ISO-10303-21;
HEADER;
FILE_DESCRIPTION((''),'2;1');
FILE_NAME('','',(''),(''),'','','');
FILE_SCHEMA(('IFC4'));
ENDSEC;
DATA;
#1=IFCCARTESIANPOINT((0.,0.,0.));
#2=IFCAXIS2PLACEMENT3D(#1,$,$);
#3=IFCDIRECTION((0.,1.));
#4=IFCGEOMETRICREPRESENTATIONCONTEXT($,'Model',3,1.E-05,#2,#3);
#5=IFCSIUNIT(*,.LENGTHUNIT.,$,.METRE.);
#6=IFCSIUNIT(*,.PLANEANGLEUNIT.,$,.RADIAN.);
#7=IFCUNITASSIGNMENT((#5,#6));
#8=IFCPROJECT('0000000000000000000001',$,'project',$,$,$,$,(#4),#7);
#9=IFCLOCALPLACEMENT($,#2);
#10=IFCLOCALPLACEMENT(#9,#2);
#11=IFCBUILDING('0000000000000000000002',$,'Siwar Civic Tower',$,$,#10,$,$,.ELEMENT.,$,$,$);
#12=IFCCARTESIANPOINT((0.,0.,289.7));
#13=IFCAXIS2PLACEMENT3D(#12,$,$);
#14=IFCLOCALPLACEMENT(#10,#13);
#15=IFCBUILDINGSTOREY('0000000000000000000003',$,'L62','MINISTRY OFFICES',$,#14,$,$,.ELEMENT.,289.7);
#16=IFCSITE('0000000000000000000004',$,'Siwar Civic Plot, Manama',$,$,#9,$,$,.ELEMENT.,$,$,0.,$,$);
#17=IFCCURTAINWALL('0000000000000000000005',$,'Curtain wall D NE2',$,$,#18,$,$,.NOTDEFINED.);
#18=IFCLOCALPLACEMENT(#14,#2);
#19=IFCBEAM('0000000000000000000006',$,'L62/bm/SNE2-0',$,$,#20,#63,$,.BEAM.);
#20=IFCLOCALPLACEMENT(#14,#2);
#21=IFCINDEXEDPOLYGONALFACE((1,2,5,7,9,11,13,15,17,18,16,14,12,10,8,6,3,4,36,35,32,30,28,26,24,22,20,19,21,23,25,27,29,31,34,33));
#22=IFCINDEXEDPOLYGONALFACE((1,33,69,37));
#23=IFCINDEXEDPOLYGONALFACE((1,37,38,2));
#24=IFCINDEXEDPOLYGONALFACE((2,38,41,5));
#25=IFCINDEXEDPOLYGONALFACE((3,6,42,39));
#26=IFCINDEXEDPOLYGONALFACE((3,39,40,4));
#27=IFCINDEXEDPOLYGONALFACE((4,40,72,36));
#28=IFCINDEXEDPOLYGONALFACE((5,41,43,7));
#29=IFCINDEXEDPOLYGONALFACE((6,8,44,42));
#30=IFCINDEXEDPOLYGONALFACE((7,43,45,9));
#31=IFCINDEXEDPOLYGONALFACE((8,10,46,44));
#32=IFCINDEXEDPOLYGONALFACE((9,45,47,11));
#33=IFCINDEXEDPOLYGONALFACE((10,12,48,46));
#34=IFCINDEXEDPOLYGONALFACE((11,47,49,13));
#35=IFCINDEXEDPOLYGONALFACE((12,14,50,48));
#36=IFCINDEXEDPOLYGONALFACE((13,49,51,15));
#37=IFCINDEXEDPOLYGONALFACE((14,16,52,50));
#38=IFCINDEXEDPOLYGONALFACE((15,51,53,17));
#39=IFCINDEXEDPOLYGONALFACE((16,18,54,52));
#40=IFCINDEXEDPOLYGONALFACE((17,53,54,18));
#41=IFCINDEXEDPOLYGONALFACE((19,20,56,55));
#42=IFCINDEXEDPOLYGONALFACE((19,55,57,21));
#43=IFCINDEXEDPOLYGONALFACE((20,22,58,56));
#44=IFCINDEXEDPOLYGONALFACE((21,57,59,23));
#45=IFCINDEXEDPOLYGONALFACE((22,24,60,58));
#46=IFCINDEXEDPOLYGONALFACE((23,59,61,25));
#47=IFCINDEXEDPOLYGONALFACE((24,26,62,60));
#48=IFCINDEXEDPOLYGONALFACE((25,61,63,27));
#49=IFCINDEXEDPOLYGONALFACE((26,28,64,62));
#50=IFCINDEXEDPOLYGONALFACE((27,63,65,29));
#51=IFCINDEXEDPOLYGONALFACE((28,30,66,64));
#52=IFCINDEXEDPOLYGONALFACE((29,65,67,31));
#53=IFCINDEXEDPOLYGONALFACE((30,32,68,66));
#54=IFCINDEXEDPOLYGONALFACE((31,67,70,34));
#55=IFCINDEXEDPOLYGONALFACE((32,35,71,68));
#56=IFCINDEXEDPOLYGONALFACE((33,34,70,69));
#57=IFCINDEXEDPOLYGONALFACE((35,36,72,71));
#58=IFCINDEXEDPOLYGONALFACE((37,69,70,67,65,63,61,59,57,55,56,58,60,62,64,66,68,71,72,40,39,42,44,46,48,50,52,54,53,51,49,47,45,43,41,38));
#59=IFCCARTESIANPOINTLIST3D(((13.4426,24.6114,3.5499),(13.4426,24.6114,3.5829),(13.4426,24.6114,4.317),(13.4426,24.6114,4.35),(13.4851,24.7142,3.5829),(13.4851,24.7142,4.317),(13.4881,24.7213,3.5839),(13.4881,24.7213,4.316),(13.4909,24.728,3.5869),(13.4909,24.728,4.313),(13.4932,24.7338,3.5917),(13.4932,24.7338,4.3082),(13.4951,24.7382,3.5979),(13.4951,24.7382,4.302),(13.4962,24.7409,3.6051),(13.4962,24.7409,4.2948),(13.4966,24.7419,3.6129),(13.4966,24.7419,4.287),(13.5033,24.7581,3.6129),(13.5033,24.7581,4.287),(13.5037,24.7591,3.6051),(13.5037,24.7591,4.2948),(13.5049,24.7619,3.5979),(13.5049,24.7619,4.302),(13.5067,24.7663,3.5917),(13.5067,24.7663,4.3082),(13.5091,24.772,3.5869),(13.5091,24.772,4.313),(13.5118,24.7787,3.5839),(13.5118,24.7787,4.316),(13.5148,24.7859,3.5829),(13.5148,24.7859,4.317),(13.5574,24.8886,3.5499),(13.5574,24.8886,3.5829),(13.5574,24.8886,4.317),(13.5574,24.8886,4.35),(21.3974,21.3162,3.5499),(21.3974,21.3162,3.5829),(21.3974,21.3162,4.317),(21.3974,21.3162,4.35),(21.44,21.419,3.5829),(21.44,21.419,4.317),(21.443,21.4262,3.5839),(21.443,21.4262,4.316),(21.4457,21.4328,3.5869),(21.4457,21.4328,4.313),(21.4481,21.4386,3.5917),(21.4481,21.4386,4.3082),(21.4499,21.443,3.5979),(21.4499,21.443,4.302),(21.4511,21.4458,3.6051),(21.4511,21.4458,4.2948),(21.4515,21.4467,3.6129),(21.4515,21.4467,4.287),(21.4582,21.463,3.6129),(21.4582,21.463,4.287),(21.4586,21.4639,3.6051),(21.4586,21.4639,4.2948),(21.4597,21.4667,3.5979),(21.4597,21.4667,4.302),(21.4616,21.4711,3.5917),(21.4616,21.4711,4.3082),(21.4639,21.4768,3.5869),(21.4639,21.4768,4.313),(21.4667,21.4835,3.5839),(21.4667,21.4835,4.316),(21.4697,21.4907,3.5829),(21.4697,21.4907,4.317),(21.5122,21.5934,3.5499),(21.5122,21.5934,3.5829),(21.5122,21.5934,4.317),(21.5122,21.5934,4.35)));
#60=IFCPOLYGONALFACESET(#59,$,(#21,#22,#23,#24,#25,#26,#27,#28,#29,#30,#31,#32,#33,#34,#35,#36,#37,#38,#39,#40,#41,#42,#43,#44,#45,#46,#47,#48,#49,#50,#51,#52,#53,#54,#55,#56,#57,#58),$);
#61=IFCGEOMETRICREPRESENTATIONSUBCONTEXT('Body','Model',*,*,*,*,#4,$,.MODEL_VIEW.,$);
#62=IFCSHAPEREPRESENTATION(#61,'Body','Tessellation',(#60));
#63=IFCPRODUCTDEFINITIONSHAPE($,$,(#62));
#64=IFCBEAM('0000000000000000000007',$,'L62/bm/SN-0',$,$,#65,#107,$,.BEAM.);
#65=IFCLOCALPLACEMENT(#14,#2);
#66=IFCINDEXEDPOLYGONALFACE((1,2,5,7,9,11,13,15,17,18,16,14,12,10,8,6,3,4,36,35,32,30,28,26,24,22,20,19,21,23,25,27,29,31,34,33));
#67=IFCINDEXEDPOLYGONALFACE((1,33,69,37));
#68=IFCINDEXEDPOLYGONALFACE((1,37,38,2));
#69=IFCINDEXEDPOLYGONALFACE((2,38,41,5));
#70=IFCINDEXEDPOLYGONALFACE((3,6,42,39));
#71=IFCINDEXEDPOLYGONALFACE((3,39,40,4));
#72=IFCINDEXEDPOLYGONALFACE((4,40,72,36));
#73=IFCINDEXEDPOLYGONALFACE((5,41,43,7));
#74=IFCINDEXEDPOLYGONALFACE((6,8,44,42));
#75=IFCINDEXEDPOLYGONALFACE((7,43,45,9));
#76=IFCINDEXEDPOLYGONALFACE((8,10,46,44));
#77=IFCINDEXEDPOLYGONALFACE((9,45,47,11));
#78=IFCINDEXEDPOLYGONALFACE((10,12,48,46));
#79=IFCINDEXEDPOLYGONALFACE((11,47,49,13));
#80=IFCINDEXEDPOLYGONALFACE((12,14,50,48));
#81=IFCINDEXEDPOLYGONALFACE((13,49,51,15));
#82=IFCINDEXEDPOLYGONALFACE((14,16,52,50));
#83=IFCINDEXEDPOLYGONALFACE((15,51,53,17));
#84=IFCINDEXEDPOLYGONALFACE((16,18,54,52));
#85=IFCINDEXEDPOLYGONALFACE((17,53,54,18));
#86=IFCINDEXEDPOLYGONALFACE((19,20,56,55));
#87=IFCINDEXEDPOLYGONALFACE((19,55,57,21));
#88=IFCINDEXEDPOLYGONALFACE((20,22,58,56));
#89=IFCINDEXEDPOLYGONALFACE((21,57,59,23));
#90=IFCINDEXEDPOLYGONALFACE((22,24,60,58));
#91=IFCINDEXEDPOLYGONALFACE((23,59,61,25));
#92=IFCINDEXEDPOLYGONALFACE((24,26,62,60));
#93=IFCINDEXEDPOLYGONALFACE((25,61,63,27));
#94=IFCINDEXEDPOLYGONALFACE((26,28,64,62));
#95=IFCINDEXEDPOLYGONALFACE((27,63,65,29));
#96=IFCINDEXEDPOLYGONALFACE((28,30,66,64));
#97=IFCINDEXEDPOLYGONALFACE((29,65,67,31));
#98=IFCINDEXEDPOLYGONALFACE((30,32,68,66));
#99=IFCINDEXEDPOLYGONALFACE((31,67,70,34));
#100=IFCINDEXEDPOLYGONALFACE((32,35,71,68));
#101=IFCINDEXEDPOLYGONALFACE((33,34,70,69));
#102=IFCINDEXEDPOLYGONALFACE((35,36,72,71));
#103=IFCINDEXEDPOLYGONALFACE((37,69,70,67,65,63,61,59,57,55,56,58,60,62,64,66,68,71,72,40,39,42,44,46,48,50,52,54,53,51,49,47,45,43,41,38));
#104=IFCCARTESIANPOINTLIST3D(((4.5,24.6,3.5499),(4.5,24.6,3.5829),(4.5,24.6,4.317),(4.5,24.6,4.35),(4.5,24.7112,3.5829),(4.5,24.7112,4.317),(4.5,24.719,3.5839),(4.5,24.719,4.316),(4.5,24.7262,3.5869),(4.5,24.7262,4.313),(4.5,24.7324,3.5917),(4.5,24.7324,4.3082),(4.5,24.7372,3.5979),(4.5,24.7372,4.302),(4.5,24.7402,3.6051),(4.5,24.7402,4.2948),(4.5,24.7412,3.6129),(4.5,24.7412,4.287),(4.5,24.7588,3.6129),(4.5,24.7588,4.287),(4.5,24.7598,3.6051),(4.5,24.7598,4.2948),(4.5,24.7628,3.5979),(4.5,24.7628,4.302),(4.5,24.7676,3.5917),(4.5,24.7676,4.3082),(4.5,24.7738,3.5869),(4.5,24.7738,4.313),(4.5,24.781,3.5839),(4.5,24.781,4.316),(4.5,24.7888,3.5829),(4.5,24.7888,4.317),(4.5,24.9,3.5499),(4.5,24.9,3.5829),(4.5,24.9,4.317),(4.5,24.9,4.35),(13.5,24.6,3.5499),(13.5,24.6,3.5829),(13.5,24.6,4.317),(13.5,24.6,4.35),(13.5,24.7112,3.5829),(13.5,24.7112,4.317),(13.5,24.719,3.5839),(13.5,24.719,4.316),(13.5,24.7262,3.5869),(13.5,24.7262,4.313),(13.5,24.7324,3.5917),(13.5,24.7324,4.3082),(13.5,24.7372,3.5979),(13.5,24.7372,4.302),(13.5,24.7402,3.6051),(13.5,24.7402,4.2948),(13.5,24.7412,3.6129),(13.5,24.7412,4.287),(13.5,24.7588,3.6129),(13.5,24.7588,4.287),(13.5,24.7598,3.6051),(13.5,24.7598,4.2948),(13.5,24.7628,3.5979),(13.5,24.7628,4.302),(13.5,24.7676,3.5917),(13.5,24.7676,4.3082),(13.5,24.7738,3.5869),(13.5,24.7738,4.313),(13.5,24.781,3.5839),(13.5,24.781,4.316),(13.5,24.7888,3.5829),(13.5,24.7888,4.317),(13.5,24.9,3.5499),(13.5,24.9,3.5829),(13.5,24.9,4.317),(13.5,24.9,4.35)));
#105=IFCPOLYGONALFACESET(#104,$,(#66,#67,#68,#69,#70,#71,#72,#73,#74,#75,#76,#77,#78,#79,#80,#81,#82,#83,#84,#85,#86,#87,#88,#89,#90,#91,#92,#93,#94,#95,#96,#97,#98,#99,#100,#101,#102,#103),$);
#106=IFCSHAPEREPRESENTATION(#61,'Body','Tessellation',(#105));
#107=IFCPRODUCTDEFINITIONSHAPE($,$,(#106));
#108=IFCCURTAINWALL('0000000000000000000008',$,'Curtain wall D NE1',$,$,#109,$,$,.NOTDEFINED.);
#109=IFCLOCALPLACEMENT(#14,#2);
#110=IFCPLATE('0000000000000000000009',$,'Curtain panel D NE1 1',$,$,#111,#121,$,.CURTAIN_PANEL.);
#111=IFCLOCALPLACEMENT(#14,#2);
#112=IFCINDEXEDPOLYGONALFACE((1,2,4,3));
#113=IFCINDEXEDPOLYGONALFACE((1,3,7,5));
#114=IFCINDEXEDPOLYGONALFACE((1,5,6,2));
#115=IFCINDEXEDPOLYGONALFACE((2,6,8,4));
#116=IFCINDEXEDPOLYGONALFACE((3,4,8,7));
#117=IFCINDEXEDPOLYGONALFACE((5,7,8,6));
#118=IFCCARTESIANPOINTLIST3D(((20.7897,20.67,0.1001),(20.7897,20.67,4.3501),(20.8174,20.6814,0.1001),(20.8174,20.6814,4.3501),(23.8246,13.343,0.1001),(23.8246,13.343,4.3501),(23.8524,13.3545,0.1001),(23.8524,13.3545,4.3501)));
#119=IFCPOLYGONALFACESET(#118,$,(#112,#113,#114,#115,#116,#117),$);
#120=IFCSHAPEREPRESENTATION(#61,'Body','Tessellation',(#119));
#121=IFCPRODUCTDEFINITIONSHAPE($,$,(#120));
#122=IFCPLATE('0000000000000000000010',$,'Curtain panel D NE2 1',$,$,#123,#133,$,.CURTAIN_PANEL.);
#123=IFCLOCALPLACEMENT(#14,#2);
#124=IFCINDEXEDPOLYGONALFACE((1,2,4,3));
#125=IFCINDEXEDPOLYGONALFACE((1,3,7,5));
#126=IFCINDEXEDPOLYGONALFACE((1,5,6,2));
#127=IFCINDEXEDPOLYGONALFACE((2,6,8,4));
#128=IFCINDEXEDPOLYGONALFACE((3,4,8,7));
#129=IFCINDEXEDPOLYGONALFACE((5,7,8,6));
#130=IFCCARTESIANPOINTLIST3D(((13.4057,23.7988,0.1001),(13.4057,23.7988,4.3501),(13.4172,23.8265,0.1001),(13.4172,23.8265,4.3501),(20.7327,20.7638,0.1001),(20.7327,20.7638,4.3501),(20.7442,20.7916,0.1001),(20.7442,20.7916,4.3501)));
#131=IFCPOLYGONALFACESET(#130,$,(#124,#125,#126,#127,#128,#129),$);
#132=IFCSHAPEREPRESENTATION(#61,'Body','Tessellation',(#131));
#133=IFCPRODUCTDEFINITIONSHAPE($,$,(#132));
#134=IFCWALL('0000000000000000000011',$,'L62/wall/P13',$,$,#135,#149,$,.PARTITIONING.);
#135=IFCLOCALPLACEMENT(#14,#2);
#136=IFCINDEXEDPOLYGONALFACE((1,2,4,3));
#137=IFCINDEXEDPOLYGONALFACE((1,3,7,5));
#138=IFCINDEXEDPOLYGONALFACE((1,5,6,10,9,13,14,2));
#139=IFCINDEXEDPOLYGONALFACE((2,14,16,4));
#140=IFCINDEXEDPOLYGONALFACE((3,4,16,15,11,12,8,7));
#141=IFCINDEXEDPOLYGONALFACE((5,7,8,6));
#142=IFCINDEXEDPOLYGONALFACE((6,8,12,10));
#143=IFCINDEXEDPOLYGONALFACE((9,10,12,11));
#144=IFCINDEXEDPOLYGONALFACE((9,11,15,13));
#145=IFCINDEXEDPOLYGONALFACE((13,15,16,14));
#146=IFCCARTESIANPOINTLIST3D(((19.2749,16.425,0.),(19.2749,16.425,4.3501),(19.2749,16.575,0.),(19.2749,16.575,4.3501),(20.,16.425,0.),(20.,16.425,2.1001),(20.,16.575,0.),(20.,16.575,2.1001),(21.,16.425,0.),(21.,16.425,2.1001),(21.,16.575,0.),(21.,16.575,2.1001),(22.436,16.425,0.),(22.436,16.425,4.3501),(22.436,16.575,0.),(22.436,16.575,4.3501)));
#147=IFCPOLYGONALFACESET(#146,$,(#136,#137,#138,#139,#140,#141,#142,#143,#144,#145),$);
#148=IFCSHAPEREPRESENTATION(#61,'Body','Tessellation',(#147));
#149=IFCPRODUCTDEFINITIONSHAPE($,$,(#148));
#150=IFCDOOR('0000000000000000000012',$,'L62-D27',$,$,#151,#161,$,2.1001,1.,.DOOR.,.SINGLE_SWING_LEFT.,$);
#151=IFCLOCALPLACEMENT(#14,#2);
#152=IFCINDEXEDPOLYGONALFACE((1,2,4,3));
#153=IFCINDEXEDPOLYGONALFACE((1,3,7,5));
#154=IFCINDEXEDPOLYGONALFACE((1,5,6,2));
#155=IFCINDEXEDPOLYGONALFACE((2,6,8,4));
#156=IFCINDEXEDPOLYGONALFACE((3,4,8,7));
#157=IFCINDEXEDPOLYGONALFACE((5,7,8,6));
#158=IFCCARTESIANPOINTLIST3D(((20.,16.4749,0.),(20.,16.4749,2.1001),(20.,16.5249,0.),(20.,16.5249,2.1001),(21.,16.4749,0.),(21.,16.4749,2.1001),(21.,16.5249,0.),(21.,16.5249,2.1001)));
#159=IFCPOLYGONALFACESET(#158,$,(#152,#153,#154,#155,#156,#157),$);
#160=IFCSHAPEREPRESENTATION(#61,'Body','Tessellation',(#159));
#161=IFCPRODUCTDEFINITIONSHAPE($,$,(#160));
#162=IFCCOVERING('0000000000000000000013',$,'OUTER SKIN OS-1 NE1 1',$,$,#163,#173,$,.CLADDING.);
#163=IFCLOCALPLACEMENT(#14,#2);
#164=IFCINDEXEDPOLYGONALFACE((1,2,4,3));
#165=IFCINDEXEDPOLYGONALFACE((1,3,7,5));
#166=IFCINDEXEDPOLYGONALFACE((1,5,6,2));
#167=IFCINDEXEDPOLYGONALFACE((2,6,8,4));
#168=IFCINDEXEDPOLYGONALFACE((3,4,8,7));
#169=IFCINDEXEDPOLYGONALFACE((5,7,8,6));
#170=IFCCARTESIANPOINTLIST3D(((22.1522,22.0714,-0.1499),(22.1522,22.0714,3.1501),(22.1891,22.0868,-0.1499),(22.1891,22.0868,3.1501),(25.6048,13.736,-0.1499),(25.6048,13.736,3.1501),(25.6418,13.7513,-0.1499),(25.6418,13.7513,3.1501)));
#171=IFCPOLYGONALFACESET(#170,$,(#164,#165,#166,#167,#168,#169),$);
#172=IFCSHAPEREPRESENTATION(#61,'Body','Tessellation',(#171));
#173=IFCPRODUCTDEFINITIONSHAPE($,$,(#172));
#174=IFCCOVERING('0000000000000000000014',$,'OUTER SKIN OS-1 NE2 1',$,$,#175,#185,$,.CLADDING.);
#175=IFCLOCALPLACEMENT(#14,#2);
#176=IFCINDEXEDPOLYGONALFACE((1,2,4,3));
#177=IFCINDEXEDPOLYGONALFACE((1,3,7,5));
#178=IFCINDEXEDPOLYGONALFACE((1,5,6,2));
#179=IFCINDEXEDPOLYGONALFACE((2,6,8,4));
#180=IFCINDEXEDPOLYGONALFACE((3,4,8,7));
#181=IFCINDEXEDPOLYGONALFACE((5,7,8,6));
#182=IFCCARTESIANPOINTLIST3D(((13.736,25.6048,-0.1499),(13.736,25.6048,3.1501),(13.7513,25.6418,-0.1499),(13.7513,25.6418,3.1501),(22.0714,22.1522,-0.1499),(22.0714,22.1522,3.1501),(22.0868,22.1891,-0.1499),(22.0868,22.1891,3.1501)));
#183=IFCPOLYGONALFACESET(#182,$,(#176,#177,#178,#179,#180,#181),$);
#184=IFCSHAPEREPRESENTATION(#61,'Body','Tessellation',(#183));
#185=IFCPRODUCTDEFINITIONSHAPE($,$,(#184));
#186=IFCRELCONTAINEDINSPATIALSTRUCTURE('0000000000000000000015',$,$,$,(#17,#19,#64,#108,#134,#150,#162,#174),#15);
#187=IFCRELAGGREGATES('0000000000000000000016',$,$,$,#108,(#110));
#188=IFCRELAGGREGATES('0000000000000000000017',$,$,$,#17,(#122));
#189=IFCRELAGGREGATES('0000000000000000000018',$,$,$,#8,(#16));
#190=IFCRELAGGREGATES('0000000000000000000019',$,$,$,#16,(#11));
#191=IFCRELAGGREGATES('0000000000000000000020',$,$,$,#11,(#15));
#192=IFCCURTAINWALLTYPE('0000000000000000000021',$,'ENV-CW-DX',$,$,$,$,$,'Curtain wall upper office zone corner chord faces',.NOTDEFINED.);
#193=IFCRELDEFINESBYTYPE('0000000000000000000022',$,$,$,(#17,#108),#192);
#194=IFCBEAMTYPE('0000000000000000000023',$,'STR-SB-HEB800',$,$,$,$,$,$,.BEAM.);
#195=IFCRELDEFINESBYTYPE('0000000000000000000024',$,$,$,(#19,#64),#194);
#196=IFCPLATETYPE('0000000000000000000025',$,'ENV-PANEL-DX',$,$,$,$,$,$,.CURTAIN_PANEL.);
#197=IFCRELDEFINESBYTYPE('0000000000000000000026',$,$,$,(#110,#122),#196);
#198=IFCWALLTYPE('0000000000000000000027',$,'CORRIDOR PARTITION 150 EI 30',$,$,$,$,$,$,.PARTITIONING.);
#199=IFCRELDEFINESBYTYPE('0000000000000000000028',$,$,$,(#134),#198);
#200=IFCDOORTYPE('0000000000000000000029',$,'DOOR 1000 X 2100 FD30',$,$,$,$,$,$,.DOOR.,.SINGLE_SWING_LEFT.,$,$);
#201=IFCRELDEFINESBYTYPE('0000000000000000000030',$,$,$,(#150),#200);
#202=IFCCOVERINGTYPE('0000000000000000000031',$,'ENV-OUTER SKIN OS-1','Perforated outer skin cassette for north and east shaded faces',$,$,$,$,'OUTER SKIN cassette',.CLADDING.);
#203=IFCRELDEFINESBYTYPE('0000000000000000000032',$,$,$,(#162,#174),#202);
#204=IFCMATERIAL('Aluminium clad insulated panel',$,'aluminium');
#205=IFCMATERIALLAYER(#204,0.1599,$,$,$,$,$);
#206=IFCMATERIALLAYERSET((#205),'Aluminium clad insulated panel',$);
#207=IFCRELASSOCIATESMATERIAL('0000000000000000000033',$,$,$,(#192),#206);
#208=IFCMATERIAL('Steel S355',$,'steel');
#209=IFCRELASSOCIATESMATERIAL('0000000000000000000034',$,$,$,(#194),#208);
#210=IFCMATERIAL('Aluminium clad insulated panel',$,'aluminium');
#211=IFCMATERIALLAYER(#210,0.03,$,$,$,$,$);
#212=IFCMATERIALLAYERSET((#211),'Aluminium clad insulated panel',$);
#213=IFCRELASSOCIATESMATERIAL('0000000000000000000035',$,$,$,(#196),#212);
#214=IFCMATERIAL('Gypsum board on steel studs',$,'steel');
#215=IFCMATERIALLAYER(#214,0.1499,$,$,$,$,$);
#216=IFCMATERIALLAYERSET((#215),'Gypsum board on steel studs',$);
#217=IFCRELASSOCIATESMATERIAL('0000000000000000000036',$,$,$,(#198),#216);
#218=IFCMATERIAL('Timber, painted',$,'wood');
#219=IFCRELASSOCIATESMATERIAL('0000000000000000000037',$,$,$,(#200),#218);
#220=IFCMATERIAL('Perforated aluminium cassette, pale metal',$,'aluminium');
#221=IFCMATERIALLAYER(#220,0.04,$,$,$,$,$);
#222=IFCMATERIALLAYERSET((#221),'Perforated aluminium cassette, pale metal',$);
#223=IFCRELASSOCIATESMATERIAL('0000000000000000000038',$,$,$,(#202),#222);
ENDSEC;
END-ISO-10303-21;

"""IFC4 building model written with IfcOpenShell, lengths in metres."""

from ifc_helpers import new_model, si_unit, direction, frame, frame_2d, origin, origin_2d, place, context, subcontext, project, spatial, rectangle, i_section, extrude, material, layer, layer_set, material_profile, profile_set, type_object, element, fill, aggregate, save


model = new_model("IFC4")

# Units and contexts
model_context = context("Model", 3, precision=1e-05, world=origin(), true_north=direction((0.0, 1.0)))
body_context = subcontext(model_context, "Body", "Model", "MODEL_VIEW")
ifc_project = project(units=[si_unit("LENGTHUNIT", "METRE"), si_unit("PLANEANGLEUNIT", "RADIAN")], contexts=[model_context])

# Site, building, storey
site_placement = place(None, origin())
site = spatial("IfcSite", under=ifc_project, at=site_placement, Name="Siwar Civic Plot, Manama", CompositionType="ELEMENT", RefElevation=0.0)
building_placement = place(site_placement, origin())
building = spatial("IfcBuilding", under=site, at=building_placement, Name="Siwar Civic Tower", CompositionType="ELEMENT")
storey_placement = place(building_placement, frame((0.0, 0.0, 289.7)))
storey = spatial("IfcBuildingStorey", under=building, at=storey_placement, Name="L62", Description="MINISTRY OFFICES", CompositionType="ELEMENT", Elevation=289.7)

# Curtain wall
ifc_material_1 = material(Name="Aluminium clad insulated panel", Category="aluminium")
ifc_layer_1 = layer(ifc_material_1, 0.1599)
ifc_layer_set_1 = layer_set([ifc_layer_1], Name="Aluminium clad insulated panel")
curtain_wall_type = type_object("IfcCurtainWallType", Name="ENV-CW-DX", ElementType="Curtain wall upper office zone corner chord faces", PredefinedType="NOTDEFINED", material=ifc_layer_set_1)
curtain_wall_1_placement = place(storey_placement, origin())
curtain_wall_1 = element("IfcCurtainWall", 1, at=curtain_wall_1_placement, inside=storey, type_object=curtain_wall_type, Name="Curtain wall D NE2", PredefinedType="NOTDEFINED")

# Beams
ifc_material_2 = material(Name="Steel S355", Category="steel")
ifc_material_profile_1 = material_profile(ifc_material_2, i_section(OverallWidth=0.3, OverallDepth=0.8, WebThickness=0.0176, FlangeThickness=0.033, FilletRadius=0.03, at=origin_2d()), Name="HEB800")
ifc_profile_set_1 = profile_set([ifc_material_profile_1], Name="Steel S355")
beam_type_1 = type_object("IfcBeamType", Name="STR-SB-HEB800", PredefinedType="BEAM", material=ifc_profile_set_1)
beam_1_placement = place(storey_placement, frame((21.4548, 21.4548, 3.95), z_axis=(-0.923873, 0.3827, 0.0), x_axis=(-0.3827, -0.923873, 0.0)))
element("IfcBeam", 2, at=beam_1_placement, inside=storey, type_object=beam_type_1, Name="L62/bm/SNE2-0", PredefinedType="BEAM", context=body_context, shape_type="SweptSolid", body=[
    extrude(i_section(OverallWidth=0.3, OverallDepth=0.8, WebThickness=0.0176, FlangeThickness=0.033, FilletRadius=0.03, at=origin_2d()), origin(), (0.0, 0.0, 1.0), 8.6104),
])
beam_2_placement = place(storey_placement, frame((13.5, 24.75, 3.95), z_axis=(-1.0, 0.0, 0.0), x_axis=(0.0, -1.0, 0.0)))
element("IfcBeam", 3, at=beam_2_placement, inside=storey, type_object=beam_type_1, Name="L62/bm/SN-0", PredefinedType="BEAM", context=body_context, shape_type="SweptSolid", body=[
    extrude(i_section(OverallWidth=0.3, OverallDepth=0.8, WebThickness=0.0176, FlangeThickness=0.033, FilletRadius=0.03, at=origin_2d()), origin(), (0.0, 0.0, 1.0), 9.0),
])

# Curtain wall, plate
curtain_wall_2_placement = place(storey_placement, origin())
curtain_wall_2 = element("IfcCurtainWall", 4, at=curtain_wall_2_placement, inside=storey, type_object=curtain_wall_type, Name="Curtain wall D NE1", PredefinedType="NOTDEFINED")
ifc_material_3 = material(Name="Aluminium clad insulated panel", Category="aluminium")
ifc_layer_2 = layer(ifc_material_3, 0.03)
ifc_layer_set_2 = layer_set([ifc_layer_2], Name="Aluminium clad insulated panel")
plate_type = type_object("IfcPlateType", Name="ENV-PANEL-DX", PredefinedType="CURTAIN_PANEL", material=ifc_layer_set_2)
plate_1_placement = place(storey_placement, frame((22.321, 17.0122, 0.1001), z_axis=(0.0, 0.0, 1.0), x_axis=(-0.382683, 0.92388, 0.0)))
plate_1 = element("IfcPlate", 5, at=plate_1_placement, type_object=plate_type, Name="Curtain panel D NE1 1", PredefinedType="CURTAIN_PANEL", context=body_context, shape_type="SweptSolid", body=[
    extrude(rectangle(XDim=7.9307, YDim=0.03, at=origin_2d()), origin(), (0.0, 0.0, 1.0), 4.25),
])
aggregate(curtain_wall_2, [plate_1])

# Plate
plate_2_placement = place(storey_placement, frame((17.075, 22.2952, 0.1001), z_axis=(0.0, 0.0, 1.0), x_axis=(-0.92388, 0.382683, 0.0)))
plate_2 = element("IfcPlate", 6, at=plate_2_placement, type_object=plate_type, Name="Curtain panel D NE2 1", PredefinedType="CURTAIN_PANEL", context=body_context, shape_type="SweptSolid", body=[
    extrude(rectangle(XDim=7.9307, YDim=0.03, at=origin_2d()), origin(), (0.0, 0.0, 1.0), 4.25),
])
aggregate(curtain_wall_1, [plate_2])

# Wall, opening, door
ifc_material_4 = material(Name="Gypsum board on steel studs", Category="steel")
ifc_layer_3 = layer(ifc_material_4, 0.1499)
ifc_layer_set_3 = layer_set([ifc_layer_3], Name="Gypsum board on steel studs")
wall_type = type_object("IfcWallType", Name="CORRIDOR PARTITION 150 EI 30", PredefinedType="PARTITIONING", material=ifc_layer_set_3)
wall_placement = place(storey_placement, frame((19.2749, 16.5, 0.0), z_axis=(0.0, 0.0, 1.0), x_axis=(1.0, 0.0, 0.0)))
wall = element("IfcWall", 7, at=wall_placement, inside=storey, type_object=wall_type, Name="L62/wall/P13", PredefinedType="PARTITIONING", context=body_context, shape_type="SweptSolid", body=[
    extrude(rectangle(XDim=3.1611, YDim=0.1499, at=frame_2d((1.5806, 0.0))), origin(), (0.0, 0.0, 1.0), 4.3501),
])
opening_placement = place(wall_placement, frame((0.7251, 0.0, 0.0)))
opening = element("IfcOpeningElement", 8, at=opening_placement, cuts=wall, PredefinedType="OPENING", context=body_context, shape_type="SweptSolid", body=[
    extrude(rectangle(XDim=1.0, YDim=2.1001, at=frame_2d((0.5, 1.05))), frame((0.0, 0.085, 0.0), z_axis=(0.0, -1.0, 0.0), x_axis=(1.0, 0.0, 0.0)), (0.0, 0.0, 1.0), 0.1699),
])
ifc_material_5 = material(Name="Timber, painted", Category="wood")
door_type = type_object("IfcDoorType", Name="DOOR 1000 X 2100 FD30", OperationType="SINGLE_SWING_LEFT", PredefinedType="DOOR", material=ifc_material_5)
door_placement = place(opening_placement, origin())
door = element("IfcDoor", 9, at=door_placement, inside=storey, type_object=door_type, Name="L62-D27", OperationType="SINGLE_SWING_LEFT", OverallHeight=2.1001, OverallWidth=1.0, PredefinedType="DOOR", context=body_context, shape_type="SweptSolid", body=[
    extrude(rectangle(XDim=1.0, YDim=2.1001, at=frame_2d((0.5, 1.05))), frame((0.0, 0.0249, 0.0), z_axis=(0.0, -1.0, 0.0), x_axis=(1.0, 0.0, 0.0)), (0.0, 0.0, 1.0), 0.05),
])
fill(opening, door)

# Coverings
ifc_material_6 = material(Name="Perforated aluminium cassette, pale metal", Category="aluminium")
ifc_layer_4 = layer(ifc_material_6, 0.04)
ifc_layer_set_4 = layer_set([ifc_layer_4], Name="Perforated aluminium cassette, pale metal")
covering_type = type_object("IfcCoveringType", Name="ENV-OUTER SKIN OS-1", Description="Perforated outer skin cassette for north and east shaded faces", ElementType="OUTER SKIN cassette", PredefinedType="CLADDING", material=ifc_layer_set_4)
for number, where, z_axis, x_axis, name in (
    (10, (23.897, 17.9114, -0.1499), (0.0, 0.0, 1.0), (-0.382683, 0.92388, 0.0), "OUTER SKIN OS-1 NE1 1"),
    (11, (17.9114, 23.897, -0.1499), (0.0, 0.0, 1.0), (-0.92388, 0.382683, 0.0), "OUTER SKIN OS-1 NE2 1"),
):
    element("IfcCovering", number, at=place(storey_placement, frame(where, z_axis=z_axis, x_axis=x_axis)), inside=storey, type_object=covering_type, Name=name, PredefinedType="CLADDING", context=body_context, shape_type="SweptSolid", body=[
        extrude(rectangle(XDim=9.0222, YDim=0.04, at=origin_2d()), origin(), (0.0, 0.0, 1.0), 3.3),
    ])

save(model, "model.ifc")
